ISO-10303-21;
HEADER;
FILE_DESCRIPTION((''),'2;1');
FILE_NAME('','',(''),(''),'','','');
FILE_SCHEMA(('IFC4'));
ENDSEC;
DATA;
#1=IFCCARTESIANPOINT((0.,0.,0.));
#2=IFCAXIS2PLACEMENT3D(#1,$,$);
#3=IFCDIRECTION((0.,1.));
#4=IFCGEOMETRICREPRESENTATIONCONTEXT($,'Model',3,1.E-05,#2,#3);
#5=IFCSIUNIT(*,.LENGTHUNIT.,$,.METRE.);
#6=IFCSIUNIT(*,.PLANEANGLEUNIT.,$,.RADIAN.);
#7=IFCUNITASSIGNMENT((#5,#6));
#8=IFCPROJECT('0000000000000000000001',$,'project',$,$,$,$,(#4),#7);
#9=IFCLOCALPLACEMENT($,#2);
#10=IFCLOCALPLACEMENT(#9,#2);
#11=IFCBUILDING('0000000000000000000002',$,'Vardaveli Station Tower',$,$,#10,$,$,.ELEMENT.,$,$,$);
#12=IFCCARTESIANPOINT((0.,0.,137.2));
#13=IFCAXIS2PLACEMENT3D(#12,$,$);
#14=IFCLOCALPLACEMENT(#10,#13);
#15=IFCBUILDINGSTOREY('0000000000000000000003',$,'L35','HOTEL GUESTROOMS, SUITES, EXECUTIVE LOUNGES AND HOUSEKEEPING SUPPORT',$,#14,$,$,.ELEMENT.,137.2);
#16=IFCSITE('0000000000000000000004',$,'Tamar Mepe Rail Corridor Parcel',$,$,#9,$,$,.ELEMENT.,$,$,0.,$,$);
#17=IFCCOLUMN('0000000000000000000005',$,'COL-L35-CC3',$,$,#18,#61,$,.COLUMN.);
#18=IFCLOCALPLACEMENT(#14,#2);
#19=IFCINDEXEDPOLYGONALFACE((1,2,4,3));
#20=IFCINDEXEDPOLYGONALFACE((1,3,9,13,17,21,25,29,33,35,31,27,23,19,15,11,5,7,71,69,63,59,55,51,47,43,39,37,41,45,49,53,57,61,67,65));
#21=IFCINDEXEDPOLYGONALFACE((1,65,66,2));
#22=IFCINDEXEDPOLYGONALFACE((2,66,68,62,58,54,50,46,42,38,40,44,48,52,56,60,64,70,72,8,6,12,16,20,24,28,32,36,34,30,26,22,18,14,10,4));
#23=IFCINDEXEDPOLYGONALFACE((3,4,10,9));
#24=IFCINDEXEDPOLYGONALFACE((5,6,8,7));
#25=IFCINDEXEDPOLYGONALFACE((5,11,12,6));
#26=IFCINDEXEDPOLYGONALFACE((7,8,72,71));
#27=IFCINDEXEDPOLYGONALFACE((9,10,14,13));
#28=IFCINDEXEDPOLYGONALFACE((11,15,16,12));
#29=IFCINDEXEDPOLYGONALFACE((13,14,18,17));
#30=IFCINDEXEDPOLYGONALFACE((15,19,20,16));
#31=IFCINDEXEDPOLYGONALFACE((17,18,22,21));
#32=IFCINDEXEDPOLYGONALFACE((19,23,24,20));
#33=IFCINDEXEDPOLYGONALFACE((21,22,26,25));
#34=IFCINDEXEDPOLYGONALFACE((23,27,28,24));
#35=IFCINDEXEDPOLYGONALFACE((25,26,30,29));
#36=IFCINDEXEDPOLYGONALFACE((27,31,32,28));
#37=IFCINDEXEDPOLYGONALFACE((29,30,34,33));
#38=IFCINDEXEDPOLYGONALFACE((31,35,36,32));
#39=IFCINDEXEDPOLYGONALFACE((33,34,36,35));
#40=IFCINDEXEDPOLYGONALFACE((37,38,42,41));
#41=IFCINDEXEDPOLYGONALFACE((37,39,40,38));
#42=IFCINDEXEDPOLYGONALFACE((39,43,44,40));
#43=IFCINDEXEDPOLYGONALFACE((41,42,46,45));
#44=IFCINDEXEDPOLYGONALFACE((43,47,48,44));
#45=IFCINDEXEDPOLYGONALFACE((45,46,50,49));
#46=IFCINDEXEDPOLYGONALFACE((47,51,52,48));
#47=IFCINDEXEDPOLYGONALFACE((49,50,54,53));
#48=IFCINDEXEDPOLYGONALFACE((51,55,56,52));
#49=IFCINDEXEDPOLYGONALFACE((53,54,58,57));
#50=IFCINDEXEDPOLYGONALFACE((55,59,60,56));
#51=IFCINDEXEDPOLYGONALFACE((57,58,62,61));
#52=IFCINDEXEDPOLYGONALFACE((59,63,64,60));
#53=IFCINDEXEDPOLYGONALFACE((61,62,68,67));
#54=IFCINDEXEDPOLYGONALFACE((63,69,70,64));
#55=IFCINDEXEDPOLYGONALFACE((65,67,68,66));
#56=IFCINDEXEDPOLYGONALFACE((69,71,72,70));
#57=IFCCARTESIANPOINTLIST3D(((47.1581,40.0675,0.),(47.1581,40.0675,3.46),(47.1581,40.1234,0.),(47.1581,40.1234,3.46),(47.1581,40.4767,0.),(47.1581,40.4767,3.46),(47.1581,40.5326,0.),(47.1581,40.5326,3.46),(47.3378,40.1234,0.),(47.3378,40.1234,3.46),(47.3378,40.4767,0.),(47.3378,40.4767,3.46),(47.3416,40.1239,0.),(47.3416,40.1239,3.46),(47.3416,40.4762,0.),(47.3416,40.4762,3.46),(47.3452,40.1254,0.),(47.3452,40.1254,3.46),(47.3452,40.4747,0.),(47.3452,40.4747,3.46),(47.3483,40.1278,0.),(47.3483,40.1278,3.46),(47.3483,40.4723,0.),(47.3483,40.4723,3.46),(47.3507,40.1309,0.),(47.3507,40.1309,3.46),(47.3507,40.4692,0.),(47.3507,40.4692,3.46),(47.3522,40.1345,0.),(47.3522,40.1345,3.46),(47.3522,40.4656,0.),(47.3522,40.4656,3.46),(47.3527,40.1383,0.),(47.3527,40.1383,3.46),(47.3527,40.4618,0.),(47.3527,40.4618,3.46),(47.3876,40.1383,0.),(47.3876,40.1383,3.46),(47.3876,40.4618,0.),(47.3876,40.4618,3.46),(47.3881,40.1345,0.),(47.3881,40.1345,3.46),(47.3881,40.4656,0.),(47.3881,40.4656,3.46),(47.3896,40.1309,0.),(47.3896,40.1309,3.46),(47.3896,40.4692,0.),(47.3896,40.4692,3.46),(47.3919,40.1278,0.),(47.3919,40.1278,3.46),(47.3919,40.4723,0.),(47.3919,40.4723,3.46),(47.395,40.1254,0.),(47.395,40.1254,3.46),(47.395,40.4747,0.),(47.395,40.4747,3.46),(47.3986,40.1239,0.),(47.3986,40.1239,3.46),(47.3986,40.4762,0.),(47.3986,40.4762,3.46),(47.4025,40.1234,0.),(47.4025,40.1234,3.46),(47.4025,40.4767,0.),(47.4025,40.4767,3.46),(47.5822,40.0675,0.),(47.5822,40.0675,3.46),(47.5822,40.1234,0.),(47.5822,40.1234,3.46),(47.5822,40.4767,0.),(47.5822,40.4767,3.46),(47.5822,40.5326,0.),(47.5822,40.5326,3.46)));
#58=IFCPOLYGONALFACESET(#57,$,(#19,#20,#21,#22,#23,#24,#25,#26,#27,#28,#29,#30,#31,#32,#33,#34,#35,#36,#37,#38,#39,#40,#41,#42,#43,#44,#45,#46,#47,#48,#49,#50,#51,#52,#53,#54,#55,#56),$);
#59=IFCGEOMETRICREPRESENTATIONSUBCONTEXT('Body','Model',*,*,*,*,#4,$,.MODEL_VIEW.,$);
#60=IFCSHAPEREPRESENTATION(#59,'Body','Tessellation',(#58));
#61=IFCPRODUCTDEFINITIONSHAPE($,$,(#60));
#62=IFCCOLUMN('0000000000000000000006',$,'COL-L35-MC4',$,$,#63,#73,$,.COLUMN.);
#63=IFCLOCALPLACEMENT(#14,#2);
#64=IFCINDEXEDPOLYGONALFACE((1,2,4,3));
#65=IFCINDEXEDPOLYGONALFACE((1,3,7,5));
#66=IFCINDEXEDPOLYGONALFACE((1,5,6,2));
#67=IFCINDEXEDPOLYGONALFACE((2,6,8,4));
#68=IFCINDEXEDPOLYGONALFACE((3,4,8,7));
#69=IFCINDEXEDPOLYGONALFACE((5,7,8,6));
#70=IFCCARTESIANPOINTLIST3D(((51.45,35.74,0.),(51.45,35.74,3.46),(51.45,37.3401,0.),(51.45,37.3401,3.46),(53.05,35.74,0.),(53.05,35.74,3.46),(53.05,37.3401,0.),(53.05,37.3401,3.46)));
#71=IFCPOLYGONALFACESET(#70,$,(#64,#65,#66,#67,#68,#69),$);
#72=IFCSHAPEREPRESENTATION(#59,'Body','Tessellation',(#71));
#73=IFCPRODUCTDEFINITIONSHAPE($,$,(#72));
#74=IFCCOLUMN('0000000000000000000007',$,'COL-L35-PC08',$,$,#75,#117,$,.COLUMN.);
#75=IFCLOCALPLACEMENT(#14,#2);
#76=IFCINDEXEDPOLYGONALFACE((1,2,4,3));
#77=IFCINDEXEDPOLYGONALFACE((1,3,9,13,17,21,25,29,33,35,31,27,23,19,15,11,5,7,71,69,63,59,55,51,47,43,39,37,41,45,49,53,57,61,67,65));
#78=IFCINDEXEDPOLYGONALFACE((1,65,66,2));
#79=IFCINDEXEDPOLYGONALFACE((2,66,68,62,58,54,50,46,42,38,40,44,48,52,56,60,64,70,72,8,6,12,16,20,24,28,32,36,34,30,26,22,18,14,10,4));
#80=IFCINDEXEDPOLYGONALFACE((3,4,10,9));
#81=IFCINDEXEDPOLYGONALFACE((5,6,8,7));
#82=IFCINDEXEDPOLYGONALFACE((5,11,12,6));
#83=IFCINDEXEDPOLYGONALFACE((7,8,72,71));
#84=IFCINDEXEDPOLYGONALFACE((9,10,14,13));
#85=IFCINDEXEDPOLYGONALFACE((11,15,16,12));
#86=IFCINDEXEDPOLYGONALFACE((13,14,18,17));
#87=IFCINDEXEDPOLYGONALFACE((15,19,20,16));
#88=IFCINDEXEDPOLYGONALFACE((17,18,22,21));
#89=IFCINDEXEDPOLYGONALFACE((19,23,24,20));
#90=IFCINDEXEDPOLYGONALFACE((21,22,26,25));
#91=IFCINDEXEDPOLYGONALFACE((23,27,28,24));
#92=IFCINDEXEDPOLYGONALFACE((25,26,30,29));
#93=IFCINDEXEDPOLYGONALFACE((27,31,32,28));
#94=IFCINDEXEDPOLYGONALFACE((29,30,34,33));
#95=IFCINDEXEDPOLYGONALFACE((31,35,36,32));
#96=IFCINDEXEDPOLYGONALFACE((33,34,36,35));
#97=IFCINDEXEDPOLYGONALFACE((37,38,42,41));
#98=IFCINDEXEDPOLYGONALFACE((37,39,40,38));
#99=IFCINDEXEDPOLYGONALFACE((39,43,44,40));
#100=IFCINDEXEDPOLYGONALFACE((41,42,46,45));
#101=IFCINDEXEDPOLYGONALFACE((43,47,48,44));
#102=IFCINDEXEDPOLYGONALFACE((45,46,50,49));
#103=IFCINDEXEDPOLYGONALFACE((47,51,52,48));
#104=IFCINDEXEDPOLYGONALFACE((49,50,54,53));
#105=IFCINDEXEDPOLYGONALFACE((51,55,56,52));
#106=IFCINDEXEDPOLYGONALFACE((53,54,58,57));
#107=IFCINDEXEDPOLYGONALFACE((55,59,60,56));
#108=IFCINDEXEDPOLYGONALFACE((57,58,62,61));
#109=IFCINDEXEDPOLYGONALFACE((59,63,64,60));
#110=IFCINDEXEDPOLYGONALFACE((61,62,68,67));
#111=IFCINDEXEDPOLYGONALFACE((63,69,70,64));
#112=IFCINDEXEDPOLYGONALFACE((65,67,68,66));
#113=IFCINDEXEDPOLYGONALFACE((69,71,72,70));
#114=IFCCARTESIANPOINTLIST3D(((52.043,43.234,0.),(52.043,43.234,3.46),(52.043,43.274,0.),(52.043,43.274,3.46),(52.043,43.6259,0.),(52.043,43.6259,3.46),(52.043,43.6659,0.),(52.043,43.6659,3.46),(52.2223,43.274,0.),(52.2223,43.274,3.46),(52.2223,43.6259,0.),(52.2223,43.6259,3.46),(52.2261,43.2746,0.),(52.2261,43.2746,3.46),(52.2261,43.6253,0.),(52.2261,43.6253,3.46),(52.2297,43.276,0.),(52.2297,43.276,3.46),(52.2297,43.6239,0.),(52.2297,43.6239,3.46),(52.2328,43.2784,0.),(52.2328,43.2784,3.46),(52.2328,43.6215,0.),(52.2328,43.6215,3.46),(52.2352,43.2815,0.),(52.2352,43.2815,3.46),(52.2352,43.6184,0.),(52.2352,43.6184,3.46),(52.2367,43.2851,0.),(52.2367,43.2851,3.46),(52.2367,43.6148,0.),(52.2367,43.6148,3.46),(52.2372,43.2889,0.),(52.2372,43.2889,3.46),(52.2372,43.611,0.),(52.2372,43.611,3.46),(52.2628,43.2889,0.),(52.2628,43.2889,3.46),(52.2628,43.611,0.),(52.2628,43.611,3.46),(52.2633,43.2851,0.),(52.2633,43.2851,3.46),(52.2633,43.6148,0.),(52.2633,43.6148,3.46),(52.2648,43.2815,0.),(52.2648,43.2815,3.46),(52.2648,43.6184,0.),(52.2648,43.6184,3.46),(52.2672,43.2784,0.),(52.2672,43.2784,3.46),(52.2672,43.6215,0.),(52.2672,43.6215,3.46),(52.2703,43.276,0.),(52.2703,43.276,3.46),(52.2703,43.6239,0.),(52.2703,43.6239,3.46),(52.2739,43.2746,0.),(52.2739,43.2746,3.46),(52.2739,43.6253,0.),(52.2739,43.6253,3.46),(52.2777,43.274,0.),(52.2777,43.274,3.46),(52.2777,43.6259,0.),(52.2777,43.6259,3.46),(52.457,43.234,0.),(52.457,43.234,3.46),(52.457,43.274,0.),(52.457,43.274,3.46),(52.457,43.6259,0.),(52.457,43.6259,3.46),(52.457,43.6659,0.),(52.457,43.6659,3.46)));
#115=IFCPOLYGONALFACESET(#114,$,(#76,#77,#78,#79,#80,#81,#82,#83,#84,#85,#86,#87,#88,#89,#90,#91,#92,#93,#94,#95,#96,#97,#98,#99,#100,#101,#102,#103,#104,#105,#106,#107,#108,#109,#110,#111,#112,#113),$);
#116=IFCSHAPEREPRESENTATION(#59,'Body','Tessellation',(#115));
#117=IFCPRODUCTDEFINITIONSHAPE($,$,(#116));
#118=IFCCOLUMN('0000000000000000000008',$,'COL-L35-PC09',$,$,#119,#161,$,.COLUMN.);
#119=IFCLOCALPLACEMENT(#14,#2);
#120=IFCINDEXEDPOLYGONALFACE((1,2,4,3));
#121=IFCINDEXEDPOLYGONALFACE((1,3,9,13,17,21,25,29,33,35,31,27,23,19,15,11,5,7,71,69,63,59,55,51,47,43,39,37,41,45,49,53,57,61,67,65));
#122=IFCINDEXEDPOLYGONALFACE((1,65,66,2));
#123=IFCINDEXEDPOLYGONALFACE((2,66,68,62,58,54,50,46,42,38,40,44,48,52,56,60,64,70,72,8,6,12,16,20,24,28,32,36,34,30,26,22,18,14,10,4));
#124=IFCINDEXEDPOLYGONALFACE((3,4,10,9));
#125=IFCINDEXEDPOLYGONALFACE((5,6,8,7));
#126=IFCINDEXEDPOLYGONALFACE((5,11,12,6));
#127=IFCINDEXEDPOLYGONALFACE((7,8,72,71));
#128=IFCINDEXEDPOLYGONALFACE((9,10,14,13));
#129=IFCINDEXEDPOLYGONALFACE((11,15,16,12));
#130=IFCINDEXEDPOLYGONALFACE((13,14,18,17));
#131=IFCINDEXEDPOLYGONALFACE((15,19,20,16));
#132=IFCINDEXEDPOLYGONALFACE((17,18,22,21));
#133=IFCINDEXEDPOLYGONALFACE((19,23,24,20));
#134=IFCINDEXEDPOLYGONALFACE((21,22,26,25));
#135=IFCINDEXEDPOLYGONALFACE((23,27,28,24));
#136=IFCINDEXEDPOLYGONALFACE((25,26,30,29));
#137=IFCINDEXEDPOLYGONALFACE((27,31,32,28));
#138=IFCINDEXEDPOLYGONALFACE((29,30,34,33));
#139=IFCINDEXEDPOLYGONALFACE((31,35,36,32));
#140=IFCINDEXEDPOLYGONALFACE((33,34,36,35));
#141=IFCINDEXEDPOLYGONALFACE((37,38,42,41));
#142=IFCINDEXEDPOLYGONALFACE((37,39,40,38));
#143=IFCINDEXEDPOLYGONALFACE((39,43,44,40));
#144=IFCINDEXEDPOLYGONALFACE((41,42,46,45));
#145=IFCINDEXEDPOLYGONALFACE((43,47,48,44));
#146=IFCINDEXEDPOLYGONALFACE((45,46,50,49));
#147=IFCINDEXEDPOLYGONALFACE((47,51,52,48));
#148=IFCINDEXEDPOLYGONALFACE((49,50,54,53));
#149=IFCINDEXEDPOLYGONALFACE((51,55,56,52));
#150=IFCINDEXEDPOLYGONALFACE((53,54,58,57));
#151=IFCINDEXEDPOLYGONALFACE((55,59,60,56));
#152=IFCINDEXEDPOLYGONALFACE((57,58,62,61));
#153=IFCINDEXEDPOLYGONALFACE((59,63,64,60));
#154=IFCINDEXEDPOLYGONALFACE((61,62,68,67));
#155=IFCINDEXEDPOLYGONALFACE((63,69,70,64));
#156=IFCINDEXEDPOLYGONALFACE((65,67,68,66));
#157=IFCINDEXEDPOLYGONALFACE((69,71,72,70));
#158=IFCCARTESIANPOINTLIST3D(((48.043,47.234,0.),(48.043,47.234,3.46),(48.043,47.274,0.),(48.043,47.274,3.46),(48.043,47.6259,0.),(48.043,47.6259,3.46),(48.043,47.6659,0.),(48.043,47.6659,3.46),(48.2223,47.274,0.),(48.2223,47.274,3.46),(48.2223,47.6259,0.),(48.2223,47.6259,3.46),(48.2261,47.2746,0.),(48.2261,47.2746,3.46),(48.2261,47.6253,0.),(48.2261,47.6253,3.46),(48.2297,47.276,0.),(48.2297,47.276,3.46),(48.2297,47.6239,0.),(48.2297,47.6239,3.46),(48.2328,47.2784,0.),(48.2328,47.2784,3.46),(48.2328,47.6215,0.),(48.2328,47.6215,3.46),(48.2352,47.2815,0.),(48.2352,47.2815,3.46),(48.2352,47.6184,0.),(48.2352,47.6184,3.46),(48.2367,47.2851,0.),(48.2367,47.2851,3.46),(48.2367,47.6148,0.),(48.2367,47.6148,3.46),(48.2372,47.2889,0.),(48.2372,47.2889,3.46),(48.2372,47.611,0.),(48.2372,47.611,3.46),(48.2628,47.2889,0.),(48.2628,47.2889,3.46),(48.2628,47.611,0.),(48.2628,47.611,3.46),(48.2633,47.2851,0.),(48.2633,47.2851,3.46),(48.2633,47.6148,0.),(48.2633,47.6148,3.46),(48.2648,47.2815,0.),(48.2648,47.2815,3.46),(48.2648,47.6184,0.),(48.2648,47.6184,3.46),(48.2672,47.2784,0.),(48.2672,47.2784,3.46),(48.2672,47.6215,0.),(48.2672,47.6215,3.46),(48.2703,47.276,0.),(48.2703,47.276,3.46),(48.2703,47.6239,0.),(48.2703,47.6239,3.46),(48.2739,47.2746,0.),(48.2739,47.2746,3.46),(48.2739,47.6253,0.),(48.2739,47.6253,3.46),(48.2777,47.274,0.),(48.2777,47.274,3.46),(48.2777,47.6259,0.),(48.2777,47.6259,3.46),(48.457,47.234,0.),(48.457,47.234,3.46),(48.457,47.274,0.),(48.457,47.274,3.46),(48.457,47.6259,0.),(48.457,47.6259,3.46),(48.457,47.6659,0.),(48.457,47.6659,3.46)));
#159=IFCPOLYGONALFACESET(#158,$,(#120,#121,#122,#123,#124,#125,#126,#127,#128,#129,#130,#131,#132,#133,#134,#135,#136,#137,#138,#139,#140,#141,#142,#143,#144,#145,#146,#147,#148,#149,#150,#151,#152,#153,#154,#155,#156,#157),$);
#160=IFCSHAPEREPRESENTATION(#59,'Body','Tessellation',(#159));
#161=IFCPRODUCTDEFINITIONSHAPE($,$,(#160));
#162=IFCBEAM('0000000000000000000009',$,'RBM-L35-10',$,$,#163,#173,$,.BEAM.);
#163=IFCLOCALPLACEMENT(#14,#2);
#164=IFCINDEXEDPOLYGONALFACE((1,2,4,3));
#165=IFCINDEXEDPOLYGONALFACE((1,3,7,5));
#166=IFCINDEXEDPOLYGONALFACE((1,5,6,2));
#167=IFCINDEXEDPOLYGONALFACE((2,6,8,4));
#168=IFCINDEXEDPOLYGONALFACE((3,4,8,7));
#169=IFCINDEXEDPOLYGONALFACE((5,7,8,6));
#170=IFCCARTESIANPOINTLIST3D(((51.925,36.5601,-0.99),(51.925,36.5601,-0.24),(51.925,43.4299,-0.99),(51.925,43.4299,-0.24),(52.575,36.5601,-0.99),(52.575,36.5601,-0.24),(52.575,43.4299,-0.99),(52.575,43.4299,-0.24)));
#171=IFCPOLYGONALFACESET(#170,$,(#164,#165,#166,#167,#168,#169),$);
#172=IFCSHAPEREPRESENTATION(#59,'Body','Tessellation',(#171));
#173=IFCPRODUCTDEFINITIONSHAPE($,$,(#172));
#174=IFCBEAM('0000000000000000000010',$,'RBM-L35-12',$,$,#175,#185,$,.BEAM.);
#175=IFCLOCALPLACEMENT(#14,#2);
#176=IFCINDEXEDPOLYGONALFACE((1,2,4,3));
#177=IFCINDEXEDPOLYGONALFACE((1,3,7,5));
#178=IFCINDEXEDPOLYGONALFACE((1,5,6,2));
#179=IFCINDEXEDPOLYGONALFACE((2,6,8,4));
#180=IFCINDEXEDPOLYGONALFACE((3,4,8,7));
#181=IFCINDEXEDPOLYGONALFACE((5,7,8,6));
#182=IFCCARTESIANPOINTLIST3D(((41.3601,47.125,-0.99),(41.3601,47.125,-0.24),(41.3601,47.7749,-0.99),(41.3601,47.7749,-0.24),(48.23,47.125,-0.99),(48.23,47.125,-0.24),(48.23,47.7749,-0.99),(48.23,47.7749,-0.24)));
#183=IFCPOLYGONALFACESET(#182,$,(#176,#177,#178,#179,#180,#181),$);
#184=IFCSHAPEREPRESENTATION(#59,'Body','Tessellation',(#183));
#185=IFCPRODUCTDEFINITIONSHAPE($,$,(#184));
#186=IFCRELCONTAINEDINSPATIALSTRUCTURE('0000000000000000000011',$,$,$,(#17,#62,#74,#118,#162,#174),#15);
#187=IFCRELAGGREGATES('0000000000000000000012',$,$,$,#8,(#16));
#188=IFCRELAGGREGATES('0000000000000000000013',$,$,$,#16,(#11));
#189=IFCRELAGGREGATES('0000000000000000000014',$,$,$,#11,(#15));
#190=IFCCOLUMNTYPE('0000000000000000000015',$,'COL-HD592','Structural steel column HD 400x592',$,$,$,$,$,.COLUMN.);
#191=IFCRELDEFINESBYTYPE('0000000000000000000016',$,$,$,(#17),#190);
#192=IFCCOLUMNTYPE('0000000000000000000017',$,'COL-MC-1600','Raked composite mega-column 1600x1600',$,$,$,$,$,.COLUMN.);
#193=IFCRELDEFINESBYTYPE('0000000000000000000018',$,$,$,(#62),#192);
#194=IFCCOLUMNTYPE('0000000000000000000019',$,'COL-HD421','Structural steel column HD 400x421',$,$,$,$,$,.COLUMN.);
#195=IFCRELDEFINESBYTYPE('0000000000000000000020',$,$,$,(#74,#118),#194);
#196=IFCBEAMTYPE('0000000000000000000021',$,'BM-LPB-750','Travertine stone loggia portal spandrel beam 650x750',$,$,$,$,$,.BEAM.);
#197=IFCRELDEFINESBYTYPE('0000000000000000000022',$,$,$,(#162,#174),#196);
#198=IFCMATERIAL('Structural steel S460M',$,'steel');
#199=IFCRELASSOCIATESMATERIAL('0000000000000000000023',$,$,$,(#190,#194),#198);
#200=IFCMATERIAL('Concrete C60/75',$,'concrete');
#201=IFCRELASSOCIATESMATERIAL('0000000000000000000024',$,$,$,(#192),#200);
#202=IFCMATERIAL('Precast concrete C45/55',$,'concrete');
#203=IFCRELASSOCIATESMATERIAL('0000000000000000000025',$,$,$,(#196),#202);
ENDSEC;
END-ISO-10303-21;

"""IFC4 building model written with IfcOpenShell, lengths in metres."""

from ifc_helpers import new_model, si_unit, direction, frame, origin, origin_2d, place, context, subcontext, project, spatial, rectangle, i_section, extrude, source, transform, mapped, material, material_profile, profile_set, type_object, element, save


model = new_model("IFC4")

# Units and contexts
model_context = context("Model", 3, precision=1e-05, world=origin(), true_north=direction((0.0, 1.0)))
body_context = subcontext(model_context, "Body", "Model", "MODEL_VIEW")
ifc_project = project(units=[si_unit("LENGTHUNIT", "METRE"), si_unit("PLANEANGLEUNIT", "RADIAN")], contexts=[model_context])

# Site, building, storey
site_placement = place(None, origin())
site = spatial("IfcSite", under=ifc_project, at=site_placement, Name="Tamar Mepe Rail Corridor Parcel", CompositionType="ELEMENT", RefElevation=0.0)
building_placement = place(site_placement, origin())
building = spatial("IfcBuilding", under=site, at=building_placement, Name="Vardaveli Station Tower", CompositionType="ELEMENT")
storey_placement = place(building_placement, frame((0.0, 0.0, 137.2)))
storey = spatial("IfcBuildingStorey", under=building, at=storey_placement, Name="L35", Description="HOTEL GUESTROOMS, SUITES, EXECUTIVE LOUNGES AND HOUSEKEEPING SUPPORT", CompositionType="ELEMENT", Elevation=137.2)

# Columns
ifc_material_1 = material(Name="Structural steel S460M", Category="steel")
ifc_material_profile_1 = material_profile(ifc_material_1, i_section(OverallWidth=0.4241, OverallDepth=0.4651, WebThickness=0.0349, FlangeThickness=0.0559, FilletRadius=0.0149, at=origin_2d()), Name="HD 400x592")
ifc_profile_set_1 = profile_set([ifc_material_profile_1], Name="Structural steel S460M")
column_type_1 = type_object("IfcColumnType", Name="COL-HD592", Description="Structural steel column HD 400x592", PredefinedType="COLUMN", material=ifc_profile_set_1)
shared_shape_1 = source(origin(), body_context, "Body", "SweptSolid", [
    extrude(i_section(OverallWidth=0.4241, OverallDepth=0.4651, WebThickness=0.0349, FlangeThickness=0.0559, FilletRadius=0.0149, at=origin_2d()), origin(), (0.0, 0.0, 1.0), 3.46),
])
column_1_placement = place(storey_placement, frame((47.3701, 40.3, 0.0), z_axis=(0.0, 0.0, 1.0), x_axis=(1.0, 0.0, 0.0)))
element("IfcColumn", 1, at=column_1_placement, inside=storey, type_object=column_type_1, Name="COL-L35-CC3", PredefinedType="COLUMN", context=body_context, shape_type="MappedRepresentation", body=[
    mapped(shared_shape_1, transform((0.0, 0.0, 0.0), scale=1.0)),
])
ifc_material_2 = material(Name="Concrete C60/75", Category="concrete")
ifc_material_profile_2 = material_profile(ifc_material_2, rectangle(XDim=1.6001, YDim=1.6001, at=origin_2d()), Name="MC 1600x1600")
ifc_profile_set_2 = profile_set([ifc_material_profile_2], Name="Concrete C60/75")
column_type_2 = type_object("IfcColumnType", Name="COL-MC-1600", Description="Raked composite mega-column 1600x1600", PredefinedType="COLUMN", material=ifc_profile_set_2)
shared_shape_2 = source(origin(), body_context, "Body", "SweptSolid", [
    extrude(rectangle(XDim=1.6001, YDim=1.6001, at=origin_2d()), origin(), (0.0, 0.0, 1.0), 3.46),
])
column_2_placement = place(storey_placement, frame((52.25, 36.54, 0.0), z_axis=(0.0, 0.0, 1.0), x_axis=(1.0, 0.0, 0.0)))
element("IfcColumn", 2, at=column_2_placement, inside=storey, type_object=column_type_2, Name="COL-L35-MC4", PredefinedType="COLUMN", context=body_context, shape_type="MappedRepresentation", body=[
    mapped(shared_shape_2, transform((0.0, 0.0, 0.0), scale=1.0)),
])
ifc_material_profile_3 = material_profile(ifc_material_1, i_section(OverallWidth=0.4141, OverallDepth=0.4319, WebThickness=0.0256, FlangeThickness=0.04, FilletRadius=0.0149, at=origin_2d()), Name="HD 400x421")
ifc_profile_set_3 = profile_set([ifc_material_profile_3], Name="Structural steel S460M")
column_type_3 = type_object("IfcColumnType", Name="COL-HD421", Description="Structural steel column HD 400x421", PredefinedType="COLUMN", material=ifc_profile_set_3)
shared_shape_3 = source(origin(), body_context, "Body", "SweptSolid", [
    extrude(i_section(OverallWidth=0.4141, OverallDepth=0.4319, WebThickness=0.0256, FlangeThickness=0.04, FilletRadius=0.0149, at=origin_2d()), origin(), (0.0, 0.0, 1.0), 3.46),
])
for number, where, z_axis, x_axis, name in (
    (3, (52.25, 43.45, 0.0), (0.0, 0.0, 1.0), (1.0, 0.0, 0.0), "COL-L35-PC08"),
    (4, (48.25, 47.45, 0.0), (0.0, 0.0, 1.0), (1.0, 0.0, 0.0), "COL-L35-PC09"),
):
    element("IfcColumn", number, at=place(storey_placement, frame(where, z_axis=z_axis, x_axis=x_axis)), inside=storey, type_object=column_type_3, Name=name, PredefinedType="COLUMN", context=body_context, shape_type="MappedRepresentation", body=[
        mapped(shared_shape_3, transform((0.0, 0.0, 0.0), scale=1.0)),
    ])

# Beams
ifc_material_3 = material(Name="Precast concrete C45/55", Category="concrete")
ifc_material_profile_4 = material_profile(ifc_material_3, rectangle(XDim=0.6499, YDim=0.75, at=origin_2d()), Name="LPB 650x750")
ifc_profile_set_4 = profile_set([ifc_material_profile_4], Name="Precast concrete C45/55")
beam_type = type_object("IfcBeamType", Name="BM-LPB-750", Description="Travertine stone loggia portal spandrel beam 650x750", PredefinedType="BEAM", material=ifc_profile_set_4)
shared_shape_4 = source(origin(), body_context, "Body", "SweptSolid", [
    extrude(rectangle(XDim=0.6499, YDim=0.75, at=origin_2d()), origin(), (0.0, 0.0, 1.0), 6.8699),
])
for number, where, z_axis, x_axis, name in (
    (5, (52.25, 36.5601, -0.615), (0.0, 1.0, 0.0), (-1.0, 0.0, 0.0), "RBM-L35-10"),
    (6, (48.23, 47.45, -0.615), (-1.0, 0.0, 0.0), (0.0, -1.0, 0.0), "RBM-L35-12"),
):
    element("IfcBeam", number, at=place(storey_placement, frame(where, z_axis=z_axis, x_axis=x_axis)), inside=storey, type_object=beam_type, Name=name, PredefinedType="BEAM", context=body_context, shape_type="MappedRepresentation", body=[
        mapped(shared_shape_4, transform((0.0, 0.0, 0.0), scale=1.0)),
    ])

save(model, "model.ifc")
